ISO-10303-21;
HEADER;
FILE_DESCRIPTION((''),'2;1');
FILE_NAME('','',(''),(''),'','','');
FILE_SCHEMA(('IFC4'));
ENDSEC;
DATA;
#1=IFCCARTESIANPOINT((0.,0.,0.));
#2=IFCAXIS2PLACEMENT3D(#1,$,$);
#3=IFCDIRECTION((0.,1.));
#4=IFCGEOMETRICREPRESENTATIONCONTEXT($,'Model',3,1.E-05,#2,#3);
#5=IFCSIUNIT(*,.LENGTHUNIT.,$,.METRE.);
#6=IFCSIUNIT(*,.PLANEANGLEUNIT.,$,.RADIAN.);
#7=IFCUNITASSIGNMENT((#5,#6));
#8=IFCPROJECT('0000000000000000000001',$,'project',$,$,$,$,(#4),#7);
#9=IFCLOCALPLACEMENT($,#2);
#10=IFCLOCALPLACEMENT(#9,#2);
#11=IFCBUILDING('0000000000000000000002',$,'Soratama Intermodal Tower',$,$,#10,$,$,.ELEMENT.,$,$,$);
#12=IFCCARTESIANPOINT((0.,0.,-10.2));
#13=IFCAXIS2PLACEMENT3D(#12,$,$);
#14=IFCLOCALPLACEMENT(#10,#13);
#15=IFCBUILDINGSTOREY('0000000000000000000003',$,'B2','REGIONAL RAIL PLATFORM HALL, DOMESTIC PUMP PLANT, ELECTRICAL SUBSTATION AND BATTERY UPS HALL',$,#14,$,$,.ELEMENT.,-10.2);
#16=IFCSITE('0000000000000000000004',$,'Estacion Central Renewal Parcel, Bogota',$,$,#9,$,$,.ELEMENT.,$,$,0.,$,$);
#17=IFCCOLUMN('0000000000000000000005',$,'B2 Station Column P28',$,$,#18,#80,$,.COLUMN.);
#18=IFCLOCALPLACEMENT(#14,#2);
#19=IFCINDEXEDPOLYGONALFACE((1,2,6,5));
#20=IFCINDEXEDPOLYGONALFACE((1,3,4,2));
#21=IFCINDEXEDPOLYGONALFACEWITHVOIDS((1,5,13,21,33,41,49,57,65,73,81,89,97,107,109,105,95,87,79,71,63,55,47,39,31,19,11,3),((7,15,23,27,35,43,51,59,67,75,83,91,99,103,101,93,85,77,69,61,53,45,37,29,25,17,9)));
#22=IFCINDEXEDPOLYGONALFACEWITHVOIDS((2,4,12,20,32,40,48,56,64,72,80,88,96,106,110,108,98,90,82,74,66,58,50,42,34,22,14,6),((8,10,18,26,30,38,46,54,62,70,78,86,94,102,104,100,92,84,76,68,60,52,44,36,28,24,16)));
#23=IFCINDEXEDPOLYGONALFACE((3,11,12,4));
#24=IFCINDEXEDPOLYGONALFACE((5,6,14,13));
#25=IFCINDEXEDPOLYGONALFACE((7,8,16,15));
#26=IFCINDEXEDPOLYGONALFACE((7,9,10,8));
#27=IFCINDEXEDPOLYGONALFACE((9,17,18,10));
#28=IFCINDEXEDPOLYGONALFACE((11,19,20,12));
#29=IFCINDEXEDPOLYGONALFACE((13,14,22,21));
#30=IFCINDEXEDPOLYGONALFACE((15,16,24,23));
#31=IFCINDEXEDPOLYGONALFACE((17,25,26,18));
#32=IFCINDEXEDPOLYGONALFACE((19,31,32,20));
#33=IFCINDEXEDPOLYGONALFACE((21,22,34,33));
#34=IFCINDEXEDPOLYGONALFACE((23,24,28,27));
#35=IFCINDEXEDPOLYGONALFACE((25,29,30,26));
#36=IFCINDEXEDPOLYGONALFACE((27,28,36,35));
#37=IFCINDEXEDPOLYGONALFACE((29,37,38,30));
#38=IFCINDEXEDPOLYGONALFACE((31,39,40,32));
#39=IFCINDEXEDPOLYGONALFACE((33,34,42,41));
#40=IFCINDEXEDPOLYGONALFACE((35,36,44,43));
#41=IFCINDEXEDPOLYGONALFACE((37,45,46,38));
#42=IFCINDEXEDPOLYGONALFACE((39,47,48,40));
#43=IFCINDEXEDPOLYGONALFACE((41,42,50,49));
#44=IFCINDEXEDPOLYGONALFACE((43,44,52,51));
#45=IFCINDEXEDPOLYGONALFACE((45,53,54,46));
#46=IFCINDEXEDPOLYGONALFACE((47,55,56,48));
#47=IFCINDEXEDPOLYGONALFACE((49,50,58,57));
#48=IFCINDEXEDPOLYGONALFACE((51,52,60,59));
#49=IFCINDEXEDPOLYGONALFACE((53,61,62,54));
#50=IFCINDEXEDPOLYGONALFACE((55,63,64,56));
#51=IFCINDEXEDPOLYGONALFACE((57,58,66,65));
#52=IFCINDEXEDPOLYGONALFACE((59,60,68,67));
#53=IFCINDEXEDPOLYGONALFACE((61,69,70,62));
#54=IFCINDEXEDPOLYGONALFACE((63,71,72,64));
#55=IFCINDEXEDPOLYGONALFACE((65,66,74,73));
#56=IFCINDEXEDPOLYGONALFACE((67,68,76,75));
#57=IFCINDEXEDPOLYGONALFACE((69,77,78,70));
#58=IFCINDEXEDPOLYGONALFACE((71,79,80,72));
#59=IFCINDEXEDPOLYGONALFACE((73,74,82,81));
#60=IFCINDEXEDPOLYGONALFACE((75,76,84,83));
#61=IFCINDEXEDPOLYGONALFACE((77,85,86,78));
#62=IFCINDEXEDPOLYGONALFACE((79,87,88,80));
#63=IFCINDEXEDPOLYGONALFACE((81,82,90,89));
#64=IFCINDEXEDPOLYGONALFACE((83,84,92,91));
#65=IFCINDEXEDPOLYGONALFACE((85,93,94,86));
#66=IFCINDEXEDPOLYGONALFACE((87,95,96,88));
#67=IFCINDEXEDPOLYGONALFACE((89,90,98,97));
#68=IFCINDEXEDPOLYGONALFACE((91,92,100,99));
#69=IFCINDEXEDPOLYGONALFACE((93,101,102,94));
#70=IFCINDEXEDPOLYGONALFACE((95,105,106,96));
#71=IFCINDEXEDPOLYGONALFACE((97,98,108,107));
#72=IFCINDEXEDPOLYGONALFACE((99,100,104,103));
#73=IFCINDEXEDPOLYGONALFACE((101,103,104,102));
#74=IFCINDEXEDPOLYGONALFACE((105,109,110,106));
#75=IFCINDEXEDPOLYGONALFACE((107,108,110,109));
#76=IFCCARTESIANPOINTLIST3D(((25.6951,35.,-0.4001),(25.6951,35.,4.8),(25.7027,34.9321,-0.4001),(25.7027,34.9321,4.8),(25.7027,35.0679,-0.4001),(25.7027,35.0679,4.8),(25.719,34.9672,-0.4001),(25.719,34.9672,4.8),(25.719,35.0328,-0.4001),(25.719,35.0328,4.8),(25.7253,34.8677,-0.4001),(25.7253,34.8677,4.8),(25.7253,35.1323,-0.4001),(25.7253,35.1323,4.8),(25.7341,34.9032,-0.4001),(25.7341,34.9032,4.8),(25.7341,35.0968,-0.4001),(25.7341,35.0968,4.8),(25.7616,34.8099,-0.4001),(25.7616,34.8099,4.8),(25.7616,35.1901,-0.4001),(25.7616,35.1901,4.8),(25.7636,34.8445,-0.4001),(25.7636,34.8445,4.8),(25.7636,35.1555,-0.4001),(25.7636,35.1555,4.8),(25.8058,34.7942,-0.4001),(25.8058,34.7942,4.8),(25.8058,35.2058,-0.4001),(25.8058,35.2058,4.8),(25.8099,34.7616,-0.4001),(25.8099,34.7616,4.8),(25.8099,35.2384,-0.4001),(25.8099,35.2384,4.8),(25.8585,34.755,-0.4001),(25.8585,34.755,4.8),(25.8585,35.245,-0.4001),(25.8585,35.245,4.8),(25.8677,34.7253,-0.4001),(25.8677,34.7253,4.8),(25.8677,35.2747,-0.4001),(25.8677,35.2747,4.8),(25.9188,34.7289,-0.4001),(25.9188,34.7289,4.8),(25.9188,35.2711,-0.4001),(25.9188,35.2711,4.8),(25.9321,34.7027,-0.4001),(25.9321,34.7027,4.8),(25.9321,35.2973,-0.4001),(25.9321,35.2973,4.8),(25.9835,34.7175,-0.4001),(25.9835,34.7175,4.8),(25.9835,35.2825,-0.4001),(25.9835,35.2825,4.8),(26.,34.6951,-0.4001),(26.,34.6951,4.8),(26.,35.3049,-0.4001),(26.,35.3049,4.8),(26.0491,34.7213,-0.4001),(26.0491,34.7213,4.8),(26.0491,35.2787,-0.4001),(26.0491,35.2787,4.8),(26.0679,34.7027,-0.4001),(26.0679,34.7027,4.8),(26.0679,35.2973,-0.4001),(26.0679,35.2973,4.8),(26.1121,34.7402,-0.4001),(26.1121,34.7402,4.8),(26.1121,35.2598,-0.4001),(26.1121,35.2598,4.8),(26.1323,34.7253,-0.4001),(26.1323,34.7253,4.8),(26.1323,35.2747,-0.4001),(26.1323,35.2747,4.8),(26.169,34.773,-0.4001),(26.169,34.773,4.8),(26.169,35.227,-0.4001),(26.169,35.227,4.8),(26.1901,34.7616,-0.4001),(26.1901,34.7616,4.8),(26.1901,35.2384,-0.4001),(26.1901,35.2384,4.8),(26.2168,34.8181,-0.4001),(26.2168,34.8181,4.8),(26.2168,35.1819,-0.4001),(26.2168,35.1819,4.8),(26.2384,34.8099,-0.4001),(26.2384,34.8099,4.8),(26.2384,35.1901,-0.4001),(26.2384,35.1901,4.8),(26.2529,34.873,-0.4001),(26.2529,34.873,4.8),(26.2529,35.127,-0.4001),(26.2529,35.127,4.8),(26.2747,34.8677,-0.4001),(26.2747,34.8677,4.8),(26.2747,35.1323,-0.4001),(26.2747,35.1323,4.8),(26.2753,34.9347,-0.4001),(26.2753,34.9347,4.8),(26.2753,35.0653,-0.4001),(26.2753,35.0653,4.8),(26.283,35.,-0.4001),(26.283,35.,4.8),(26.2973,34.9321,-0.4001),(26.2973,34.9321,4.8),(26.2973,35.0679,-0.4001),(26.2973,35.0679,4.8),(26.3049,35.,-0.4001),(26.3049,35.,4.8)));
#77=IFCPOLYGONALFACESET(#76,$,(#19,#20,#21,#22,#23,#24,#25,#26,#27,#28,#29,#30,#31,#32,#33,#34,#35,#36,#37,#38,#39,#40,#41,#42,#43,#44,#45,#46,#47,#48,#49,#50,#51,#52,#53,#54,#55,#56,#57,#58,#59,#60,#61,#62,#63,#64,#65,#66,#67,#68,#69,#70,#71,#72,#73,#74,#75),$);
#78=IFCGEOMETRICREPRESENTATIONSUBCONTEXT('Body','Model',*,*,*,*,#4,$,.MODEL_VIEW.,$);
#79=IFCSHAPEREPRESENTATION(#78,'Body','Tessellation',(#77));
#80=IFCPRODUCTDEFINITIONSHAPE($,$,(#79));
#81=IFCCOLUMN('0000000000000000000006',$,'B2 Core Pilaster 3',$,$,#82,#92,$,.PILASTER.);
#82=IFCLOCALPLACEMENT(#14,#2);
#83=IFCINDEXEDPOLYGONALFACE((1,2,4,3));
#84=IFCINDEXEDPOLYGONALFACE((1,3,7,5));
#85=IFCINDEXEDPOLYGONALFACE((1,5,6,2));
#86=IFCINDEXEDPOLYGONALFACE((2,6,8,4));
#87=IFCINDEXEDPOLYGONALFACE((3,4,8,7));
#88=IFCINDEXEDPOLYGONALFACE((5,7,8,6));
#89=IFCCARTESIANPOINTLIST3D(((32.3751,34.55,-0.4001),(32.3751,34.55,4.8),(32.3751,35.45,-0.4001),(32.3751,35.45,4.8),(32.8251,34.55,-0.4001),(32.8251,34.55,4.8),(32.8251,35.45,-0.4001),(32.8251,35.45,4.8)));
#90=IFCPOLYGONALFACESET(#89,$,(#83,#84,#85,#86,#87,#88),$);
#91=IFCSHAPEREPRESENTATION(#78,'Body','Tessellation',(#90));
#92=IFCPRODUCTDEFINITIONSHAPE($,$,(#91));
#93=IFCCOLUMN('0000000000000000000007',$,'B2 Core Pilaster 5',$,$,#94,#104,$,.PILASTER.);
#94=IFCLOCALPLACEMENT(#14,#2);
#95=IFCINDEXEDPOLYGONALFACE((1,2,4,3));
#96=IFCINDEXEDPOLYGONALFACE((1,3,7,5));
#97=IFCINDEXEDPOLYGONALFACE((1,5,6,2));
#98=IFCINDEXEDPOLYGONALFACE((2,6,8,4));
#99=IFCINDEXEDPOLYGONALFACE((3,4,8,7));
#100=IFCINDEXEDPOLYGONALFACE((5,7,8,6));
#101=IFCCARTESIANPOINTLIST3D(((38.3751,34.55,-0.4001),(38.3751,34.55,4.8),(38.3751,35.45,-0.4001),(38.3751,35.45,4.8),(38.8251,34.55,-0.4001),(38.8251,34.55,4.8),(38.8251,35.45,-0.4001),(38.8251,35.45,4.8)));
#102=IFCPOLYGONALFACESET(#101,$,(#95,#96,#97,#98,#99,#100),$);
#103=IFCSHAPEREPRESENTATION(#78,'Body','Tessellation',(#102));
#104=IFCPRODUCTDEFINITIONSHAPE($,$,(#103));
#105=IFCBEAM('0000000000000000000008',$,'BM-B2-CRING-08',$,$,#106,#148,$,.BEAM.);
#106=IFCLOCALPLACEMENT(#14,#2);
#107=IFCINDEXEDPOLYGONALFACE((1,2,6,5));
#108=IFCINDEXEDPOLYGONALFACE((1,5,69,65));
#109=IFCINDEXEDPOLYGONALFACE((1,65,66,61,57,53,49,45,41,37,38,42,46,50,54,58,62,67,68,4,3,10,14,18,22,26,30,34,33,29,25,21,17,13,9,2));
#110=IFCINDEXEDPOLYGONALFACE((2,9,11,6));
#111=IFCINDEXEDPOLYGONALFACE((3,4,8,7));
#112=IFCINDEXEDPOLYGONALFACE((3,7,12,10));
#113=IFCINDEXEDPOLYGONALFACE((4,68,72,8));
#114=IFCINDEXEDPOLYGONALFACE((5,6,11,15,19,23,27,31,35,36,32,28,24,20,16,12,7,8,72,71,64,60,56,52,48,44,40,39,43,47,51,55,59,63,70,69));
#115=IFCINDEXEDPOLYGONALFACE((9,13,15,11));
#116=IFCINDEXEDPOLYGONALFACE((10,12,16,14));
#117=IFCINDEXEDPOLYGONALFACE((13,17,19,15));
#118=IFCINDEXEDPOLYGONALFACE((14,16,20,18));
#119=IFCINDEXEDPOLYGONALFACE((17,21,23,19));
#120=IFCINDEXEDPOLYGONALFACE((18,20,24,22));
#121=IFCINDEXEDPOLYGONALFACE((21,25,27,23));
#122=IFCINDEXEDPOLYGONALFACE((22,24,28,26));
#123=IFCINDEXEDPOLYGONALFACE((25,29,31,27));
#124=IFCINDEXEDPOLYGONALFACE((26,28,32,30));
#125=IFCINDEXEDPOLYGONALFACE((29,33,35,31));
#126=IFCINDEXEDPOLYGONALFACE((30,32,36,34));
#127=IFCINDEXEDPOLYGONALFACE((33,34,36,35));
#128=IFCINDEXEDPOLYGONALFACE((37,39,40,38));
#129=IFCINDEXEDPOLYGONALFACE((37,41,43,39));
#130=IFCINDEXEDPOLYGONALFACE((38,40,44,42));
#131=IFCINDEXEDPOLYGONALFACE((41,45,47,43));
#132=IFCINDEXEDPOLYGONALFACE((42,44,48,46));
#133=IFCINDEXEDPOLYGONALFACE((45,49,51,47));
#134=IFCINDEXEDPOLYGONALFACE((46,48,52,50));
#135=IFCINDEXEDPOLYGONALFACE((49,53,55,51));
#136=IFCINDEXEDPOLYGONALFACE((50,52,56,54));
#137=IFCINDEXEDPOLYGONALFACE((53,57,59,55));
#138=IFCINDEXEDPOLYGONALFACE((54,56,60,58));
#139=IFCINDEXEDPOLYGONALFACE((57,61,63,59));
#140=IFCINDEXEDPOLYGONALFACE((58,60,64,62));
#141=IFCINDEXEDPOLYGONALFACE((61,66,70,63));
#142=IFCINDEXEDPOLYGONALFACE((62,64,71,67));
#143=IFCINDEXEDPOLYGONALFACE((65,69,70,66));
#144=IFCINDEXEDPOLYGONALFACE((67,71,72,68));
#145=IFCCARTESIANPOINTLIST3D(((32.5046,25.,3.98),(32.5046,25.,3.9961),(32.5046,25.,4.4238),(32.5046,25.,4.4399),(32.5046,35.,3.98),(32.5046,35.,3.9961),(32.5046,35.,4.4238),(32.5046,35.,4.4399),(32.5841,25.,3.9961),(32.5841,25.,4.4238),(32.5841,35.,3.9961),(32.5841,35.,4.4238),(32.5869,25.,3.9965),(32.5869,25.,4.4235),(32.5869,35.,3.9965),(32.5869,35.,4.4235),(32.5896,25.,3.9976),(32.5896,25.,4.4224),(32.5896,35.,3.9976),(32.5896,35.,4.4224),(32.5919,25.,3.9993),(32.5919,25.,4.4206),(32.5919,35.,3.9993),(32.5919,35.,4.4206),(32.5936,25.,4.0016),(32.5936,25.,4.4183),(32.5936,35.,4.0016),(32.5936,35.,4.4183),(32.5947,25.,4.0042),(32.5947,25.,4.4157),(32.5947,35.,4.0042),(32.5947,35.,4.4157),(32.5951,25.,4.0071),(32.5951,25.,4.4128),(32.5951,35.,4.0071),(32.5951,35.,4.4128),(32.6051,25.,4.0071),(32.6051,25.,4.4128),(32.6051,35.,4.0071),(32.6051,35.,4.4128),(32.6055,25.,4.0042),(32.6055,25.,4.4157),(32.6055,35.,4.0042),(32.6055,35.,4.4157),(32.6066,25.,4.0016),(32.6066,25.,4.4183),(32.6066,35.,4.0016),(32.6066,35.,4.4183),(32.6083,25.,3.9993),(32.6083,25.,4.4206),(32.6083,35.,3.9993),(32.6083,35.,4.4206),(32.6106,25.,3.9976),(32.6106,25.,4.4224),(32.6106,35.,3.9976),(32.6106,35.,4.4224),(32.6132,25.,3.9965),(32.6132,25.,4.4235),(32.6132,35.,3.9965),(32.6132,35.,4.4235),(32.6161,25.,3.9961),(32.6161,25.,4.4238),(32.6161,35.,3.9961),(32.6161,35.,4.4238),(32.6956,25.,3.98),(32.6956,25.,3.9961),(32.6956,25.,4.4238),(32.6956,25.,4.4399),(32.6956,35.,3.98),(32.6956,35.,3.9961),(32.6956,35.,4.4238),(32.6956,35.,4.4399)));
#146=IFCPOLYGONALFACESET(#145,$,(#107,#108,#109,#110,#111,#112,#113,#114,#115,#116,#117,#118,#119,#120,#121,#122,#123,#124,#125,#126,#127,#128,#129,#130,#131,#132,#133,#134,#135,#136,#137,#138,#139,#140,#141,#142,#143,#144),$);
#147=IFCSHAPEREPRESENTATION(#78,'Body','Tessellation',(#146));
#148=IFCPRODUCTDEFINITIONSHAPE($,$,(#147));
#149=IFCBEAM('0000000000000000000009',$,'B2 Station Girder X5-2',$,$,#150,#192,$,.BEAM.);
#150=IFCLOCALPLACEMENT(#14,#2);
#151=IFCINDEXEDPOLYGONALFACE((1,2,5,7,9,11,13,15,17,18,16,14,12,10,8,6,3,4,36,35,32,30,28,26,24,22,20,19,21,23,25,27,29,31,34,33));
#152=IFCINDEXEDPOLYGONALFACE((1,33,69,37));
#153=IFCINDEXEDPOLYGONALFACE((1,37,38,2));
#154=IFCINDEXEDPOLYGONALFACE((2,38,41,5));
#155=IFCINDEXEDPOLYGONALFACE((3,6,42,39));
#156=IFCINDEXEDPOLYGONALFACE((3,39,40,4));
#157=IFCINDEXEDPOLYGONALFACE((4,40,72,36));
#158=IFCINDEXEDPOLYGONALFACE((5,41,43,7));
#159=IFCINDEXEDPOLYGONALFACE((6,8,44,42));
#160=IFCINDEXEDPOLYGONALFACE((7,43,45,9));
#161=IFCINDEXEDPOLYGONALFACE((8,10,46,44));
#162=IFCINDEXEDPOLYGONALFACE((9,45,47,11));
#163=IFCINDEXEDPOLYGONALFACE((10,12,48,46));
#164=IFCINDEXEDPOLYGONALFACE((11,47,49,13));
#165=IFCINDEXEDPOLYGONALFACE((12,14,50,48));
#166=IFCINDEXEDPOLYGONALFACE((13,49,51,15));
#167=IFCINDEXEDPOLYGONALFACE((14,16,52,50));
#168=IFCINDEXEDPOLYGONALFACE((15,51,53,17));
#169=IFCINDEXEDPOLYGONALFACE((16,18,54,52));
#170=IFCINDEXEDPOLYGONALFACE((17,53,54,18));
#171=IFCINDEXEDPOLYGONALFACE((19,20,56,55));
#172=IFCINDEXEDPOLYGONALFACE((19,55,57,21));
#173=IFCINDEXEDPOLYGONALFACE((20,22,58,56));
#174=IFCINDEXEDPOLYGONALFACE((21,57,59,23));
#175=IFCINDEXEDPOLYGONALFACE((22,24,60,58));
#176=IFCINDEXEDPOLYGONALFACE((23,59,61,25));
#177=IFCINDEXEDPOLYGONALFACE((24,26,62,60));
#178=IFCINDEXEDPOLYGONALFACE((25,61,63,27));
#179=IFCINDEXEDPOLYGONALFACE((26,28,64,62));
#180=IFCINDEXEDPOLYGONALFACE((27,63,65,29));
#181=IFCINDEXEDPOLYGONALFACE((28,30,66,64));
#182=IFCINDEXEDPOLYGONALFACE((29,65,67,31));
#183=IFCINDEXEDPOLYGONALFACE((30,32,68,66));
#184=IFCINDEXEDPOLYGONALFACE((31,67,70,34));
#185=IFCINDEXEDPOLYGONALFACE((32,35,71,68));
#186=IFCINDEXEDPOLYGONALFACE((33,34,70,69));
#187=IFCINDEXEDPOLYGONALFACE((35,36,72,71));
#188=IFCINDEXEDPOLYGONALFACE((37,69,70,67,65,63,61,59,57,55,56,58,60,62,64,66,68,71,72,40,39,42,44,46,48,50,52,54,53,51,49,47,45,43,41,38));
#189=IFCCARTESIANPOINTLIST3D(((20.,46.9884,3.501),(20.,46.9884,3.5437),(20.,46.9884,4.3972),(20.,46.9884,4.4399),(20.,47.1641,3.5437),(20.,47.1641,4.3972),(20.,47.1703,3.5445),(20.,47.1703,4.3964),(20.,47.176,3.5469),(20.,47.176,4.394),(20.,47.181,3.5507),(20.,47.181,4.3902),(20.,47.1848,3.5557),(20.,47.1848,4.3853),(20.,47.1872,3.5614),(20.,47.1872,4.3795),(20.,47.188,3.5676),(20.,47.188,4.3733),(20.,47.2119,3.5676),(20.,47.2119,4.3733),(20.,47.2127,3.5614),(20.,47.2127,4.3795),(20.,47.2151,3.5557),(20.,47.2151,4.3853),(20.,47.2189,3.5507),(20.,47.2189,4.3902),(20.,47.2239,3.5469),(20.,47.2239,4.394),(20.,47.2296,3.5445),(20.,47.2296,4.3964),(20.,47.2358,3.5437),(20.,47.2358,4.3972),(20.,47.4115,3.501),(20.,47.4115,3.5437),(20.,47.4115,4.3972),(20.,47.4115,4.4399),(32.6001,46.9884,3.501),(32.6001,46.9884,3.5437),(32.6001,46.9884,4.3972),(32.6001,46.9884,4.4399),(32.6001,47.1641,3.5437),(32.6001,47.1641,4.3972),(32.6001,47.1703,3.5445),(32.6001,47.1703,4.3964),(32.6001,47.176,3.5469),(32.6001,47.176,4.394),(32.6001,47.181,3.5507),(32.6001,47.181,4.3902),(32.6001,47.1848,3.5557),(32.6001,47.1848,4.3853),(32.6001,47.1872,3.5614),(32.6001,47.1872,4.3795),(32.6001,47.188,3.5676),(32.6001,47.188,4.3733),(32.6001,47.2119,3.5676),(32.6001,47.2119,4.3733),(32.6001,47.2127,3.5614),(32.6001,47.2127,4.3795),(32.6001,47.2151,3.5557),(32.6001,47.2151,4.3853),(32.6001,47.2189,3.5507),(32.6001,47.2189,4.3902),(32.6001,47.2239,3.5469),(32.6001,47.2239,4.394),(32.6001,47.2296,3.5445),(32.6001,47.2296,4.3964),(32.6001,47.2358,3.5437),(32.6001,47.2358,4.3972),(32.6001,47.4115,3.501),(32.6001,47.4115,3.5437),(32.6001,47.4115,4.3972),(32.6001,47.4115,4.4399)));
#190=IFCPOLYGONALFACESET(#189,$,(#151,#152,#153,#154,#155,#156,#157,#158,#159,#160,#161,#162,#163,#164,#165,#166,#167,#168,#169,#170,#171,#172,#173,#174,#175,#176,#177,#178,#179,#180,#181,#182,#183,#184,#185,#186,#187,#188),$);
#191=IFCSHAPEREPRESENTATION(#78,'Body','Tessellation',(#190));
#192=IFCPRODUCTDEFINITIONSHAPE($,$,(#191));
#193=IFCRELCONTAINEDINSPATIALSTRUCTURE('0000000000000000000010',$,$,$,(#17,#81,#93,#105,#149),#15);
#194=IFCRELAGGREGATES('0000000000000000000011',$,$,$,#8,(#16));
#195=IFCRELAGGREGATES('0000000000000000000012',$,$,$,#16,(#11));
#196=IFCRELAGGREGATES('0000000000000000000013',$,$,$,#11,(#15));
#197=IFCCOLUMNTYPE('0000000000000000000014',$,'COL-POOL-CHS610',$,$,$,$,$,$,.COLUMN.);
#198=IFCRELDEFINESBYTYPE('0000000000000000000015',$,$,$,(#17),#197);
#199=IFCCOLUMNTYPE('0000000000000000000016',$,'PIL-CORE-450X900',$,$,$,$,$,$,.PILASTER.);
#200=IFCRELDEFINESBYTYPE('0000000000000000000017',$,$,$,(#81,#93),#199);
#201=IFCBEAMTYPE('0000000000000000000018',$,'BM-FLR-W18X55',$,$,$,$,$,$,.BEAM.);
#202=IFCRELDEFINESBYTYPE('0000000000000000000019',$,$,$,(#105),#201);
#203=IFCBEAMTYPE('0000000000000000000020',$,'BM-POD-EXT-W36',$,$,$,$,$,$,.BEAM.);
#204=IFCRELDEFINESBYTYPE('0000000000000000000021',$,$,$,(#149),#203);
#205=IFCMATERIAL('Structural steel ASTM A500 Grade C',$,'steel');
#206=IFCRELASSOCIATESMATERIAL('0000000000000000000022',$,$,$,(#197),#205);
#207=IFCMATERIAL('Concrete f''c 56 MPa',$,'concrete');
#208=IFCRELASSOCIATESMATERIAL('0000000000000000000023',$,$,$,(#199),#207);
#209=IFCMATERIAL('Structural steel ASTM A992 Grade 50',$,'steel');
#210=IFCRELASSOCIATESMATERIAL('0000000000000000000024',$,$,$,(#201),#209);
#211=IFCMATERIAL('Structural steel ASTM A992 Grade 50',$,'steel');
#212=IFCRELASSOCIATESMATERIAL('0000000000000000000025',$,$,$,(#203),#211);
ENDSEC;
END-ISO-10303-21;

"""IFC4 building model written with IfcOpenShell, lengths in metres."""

from ifc_helpers import new_model, si_unit, direction, frame, origin, origin_2d, place, context, subcontext, project, spatial, rectangle, hollow_circle, i_section, extrude, material, material_profile, profile_set, type_object, element, save


model = new_model("IFC4")

# Units and contexts
model_context = context("Model", 3, precision=1e-05, world=origin(), true_north=direction((0.0, 1.0)))
body_context = subcontext(model_context, "Body", "Model", "MODEL_VIEW")
ifc_project = project(units=[si_unit("LENGTHUNIT", "METRE"), si_unit("PLANEANGLEUNIT", "RADIAN")], contexts=[model_context])

# Site, building, storey
site_placement = place(None, origin())
site = spatial("IfcSite", under=ifc_project, at=site_placement, Name="Estacion Central Renewal Parcel, Bogota", CompositionType="ELEMENT", RefElevation=0.0)
building_placement = place(site_placement, origin())
building = spatial("IfcBuilding", under=site, at=building_placement, Name="Soratama Intermodal Tower", CompositionType="ELEMENT")
storey_placement = place(building_placement, frame((0.0, 0.0, -10.2)))
storey = spatial("IfcBuildingStorey", under=building, at=storey_placement, Name="B2", Description="REGIONAL RAIL PLATFORM HALL, DOMESTIC PUMP PLANT, ELECTRICAL SUBSTATION AND BATTERY UPS HALL", CompositionType="ELEMENT", Elevation=-10.2)

# Columns
ifc_material_1 = material(Name="Structural steel ASTM A500 Grade C", Category="steel")
ifc_material_profile_1 = material_profile(ifc_material_1, hollow_circle(Radius=0.3049, WallThickness=0.022, at=origin_2d()), Name="CHS610X22")
ifc_profile_set_1 = profile_set([ifc_material_profile_1], Name="Structural steel ASTM A500 Grade C")
column_type_1 = type_object("IfcColumnType", Name="COL-POOL-CHS610", PredefinedType="COLUMN", material=ifc_profile_set_1)
column_placement = place(storey_placement, frame((26.0, 35.0, -0.4001), z_axis=(0.0, 0.0, 1.0), x_axis=(1.0, 0.0, 0.0)))
element("IfcColumn", 1, at=column_placement, inside=storey, type_object=column_type_1, Name="B2 Station Column P28", PredefinedType="COLUMN", context=body_context, shape_type="SweptSolid", body=[
    extrude(hollow_circle(Radius=0.3049, WallThickness=0.022, at=origin_2d()), origin(), (0.0, 0.0, 1.0), 5.2002),
])
ifc_material_2 = material(Name="Concrete f'c 56 MPa", Category="concrete")
ifc_material_profile_2 = material_profile(ifc_material_2, rectangle(XDim=0.45, YDim=0.8999, at=origin_2d()), Name="RC450X900")
ifc_profile_set_2 = profile_set([ifc_material_profile_2], Name="Concrete f'c 56 MPa")
column_type_2 = type_object("IfcColumnType", Name="PIL-CORE-450X900", PredefinedType="PILASTER", material=ifc_profile_set_2)
for number, where, z_axis, x_axis, name in (
    (2, (32.6001, 35.0, -0.4001), (0.0, 0.0, 1.0), (1.0, 0.0, 0.0), "B2 Core Pilaster 3"),
    (3, (38.6001, 35.0, -0.4001), (0.0, 0.0, 1.0), (1.0, 0.0, 0.0), "B2 Core Pilaster 5"),
):
    element("IfcColumn", number, at=place(storey_placement, frame(where, z_axis=z_axis, x_axis=x_axis)), inside=storey, type_object=column_type_2, Name=name, PredefinedType="PILASTER", context=body_context, shape_type="SweptSolid", body=[
        extrude(rectangle(XDim=0.45, YDim=0.8999, at=origin_2d()), origin(), (0.0, 0.0, 1.0), 5.2002),
    ])

# Beams
ifc_material_3 = material(Name="Structural steel ASTM A992 Grade 50", Category="steel")
ifc_material_profile_3 = material_profile(ifc_material_3, i_section(OverallWidth=0.1909, OverallDepth=0.46, WebThickness=0.01, FlangeThickness=0.0161, FilletRadius=0.011, at=origin_2d()), Name="W18X55")
ifc_profile_set_3 = profile_set([ifc_material_profile_3], Name="Structural steel ASTM A992 Grade 50")
beam_type_1 = type_object("IfcBeamType", Name="BM-FLR-W18X55", PredefinedType="BEAM", material=ifc_profile_set_3)
beam_1_placement = place(storey_placement, frame((32.6001, 35.0, 4.21), z_axis=(0.0, -1.0, 0.0), x_axis=(1.0, 0.0, 0.0)))
element("IfcBeam", 4, at=beam_1_placement, inside=storey, type_object=beam_type_1, Name="BM-B2-CRING-08", PredefinedType="BEAM", context=body_context, shape_type="SweptSolid", body=[
    extrude(i_section(OverallWidth=0.1909, OverallDepth=0.46, WebThickness=0.01, FlangeThickness=0.0161, FilletRadius=0.011, at=origin_2d()), origin(), (0.0, 0.0, 1.0), 10.0),
])
ifc_material_4 = material(Name="Structural steel ASTM A992 Grade 50", Category="steel")
ifc_material_profile_4 = material_profile(ifc_material_4, i_section(OverallWidth=0.4231, OverallDepth=0.939, WebThickness=0.0239, FlangeThickness=0.0427, FilletRadius=0.0239, at=origin_2d()), Name="W36X302")
ifc_profile_set_4 = profile_set([ifc_material_profile_4], Name="Structural steel ASTM A992 Grade 50")
beam_type_2 = type_object("IfcBeamType", Name="BM-POD-EXT-W36", PredefinedType="BEAM", material=ifc_profile_set_4)
beam_2_placement = place(storey_placement, frame((20.0, 47.2, 3.9705), z_axis=(1.0, 0.0, 0.0), x_axis=(0.0, 1.0, 0.0)))
element("IfcBeam", 5, at=beam_2_placement, inside=storey, type_object=beam_type_2, Name="B2 Station Girder X5-2", PredefinedType="BEAM", context=body_context, shape_type="SweptSolid", body=[
    extrude(i_section(OverallWidth=0.4231, OverallDepth=0.939, WebThickness=0.0239, FlangeThickness=0.0427, FilletRadius=0.0239, at=origin_2d()), origin(), (0.0, 0.0, 1.0), 12.6001),
])

save(model, "model.ifc")
